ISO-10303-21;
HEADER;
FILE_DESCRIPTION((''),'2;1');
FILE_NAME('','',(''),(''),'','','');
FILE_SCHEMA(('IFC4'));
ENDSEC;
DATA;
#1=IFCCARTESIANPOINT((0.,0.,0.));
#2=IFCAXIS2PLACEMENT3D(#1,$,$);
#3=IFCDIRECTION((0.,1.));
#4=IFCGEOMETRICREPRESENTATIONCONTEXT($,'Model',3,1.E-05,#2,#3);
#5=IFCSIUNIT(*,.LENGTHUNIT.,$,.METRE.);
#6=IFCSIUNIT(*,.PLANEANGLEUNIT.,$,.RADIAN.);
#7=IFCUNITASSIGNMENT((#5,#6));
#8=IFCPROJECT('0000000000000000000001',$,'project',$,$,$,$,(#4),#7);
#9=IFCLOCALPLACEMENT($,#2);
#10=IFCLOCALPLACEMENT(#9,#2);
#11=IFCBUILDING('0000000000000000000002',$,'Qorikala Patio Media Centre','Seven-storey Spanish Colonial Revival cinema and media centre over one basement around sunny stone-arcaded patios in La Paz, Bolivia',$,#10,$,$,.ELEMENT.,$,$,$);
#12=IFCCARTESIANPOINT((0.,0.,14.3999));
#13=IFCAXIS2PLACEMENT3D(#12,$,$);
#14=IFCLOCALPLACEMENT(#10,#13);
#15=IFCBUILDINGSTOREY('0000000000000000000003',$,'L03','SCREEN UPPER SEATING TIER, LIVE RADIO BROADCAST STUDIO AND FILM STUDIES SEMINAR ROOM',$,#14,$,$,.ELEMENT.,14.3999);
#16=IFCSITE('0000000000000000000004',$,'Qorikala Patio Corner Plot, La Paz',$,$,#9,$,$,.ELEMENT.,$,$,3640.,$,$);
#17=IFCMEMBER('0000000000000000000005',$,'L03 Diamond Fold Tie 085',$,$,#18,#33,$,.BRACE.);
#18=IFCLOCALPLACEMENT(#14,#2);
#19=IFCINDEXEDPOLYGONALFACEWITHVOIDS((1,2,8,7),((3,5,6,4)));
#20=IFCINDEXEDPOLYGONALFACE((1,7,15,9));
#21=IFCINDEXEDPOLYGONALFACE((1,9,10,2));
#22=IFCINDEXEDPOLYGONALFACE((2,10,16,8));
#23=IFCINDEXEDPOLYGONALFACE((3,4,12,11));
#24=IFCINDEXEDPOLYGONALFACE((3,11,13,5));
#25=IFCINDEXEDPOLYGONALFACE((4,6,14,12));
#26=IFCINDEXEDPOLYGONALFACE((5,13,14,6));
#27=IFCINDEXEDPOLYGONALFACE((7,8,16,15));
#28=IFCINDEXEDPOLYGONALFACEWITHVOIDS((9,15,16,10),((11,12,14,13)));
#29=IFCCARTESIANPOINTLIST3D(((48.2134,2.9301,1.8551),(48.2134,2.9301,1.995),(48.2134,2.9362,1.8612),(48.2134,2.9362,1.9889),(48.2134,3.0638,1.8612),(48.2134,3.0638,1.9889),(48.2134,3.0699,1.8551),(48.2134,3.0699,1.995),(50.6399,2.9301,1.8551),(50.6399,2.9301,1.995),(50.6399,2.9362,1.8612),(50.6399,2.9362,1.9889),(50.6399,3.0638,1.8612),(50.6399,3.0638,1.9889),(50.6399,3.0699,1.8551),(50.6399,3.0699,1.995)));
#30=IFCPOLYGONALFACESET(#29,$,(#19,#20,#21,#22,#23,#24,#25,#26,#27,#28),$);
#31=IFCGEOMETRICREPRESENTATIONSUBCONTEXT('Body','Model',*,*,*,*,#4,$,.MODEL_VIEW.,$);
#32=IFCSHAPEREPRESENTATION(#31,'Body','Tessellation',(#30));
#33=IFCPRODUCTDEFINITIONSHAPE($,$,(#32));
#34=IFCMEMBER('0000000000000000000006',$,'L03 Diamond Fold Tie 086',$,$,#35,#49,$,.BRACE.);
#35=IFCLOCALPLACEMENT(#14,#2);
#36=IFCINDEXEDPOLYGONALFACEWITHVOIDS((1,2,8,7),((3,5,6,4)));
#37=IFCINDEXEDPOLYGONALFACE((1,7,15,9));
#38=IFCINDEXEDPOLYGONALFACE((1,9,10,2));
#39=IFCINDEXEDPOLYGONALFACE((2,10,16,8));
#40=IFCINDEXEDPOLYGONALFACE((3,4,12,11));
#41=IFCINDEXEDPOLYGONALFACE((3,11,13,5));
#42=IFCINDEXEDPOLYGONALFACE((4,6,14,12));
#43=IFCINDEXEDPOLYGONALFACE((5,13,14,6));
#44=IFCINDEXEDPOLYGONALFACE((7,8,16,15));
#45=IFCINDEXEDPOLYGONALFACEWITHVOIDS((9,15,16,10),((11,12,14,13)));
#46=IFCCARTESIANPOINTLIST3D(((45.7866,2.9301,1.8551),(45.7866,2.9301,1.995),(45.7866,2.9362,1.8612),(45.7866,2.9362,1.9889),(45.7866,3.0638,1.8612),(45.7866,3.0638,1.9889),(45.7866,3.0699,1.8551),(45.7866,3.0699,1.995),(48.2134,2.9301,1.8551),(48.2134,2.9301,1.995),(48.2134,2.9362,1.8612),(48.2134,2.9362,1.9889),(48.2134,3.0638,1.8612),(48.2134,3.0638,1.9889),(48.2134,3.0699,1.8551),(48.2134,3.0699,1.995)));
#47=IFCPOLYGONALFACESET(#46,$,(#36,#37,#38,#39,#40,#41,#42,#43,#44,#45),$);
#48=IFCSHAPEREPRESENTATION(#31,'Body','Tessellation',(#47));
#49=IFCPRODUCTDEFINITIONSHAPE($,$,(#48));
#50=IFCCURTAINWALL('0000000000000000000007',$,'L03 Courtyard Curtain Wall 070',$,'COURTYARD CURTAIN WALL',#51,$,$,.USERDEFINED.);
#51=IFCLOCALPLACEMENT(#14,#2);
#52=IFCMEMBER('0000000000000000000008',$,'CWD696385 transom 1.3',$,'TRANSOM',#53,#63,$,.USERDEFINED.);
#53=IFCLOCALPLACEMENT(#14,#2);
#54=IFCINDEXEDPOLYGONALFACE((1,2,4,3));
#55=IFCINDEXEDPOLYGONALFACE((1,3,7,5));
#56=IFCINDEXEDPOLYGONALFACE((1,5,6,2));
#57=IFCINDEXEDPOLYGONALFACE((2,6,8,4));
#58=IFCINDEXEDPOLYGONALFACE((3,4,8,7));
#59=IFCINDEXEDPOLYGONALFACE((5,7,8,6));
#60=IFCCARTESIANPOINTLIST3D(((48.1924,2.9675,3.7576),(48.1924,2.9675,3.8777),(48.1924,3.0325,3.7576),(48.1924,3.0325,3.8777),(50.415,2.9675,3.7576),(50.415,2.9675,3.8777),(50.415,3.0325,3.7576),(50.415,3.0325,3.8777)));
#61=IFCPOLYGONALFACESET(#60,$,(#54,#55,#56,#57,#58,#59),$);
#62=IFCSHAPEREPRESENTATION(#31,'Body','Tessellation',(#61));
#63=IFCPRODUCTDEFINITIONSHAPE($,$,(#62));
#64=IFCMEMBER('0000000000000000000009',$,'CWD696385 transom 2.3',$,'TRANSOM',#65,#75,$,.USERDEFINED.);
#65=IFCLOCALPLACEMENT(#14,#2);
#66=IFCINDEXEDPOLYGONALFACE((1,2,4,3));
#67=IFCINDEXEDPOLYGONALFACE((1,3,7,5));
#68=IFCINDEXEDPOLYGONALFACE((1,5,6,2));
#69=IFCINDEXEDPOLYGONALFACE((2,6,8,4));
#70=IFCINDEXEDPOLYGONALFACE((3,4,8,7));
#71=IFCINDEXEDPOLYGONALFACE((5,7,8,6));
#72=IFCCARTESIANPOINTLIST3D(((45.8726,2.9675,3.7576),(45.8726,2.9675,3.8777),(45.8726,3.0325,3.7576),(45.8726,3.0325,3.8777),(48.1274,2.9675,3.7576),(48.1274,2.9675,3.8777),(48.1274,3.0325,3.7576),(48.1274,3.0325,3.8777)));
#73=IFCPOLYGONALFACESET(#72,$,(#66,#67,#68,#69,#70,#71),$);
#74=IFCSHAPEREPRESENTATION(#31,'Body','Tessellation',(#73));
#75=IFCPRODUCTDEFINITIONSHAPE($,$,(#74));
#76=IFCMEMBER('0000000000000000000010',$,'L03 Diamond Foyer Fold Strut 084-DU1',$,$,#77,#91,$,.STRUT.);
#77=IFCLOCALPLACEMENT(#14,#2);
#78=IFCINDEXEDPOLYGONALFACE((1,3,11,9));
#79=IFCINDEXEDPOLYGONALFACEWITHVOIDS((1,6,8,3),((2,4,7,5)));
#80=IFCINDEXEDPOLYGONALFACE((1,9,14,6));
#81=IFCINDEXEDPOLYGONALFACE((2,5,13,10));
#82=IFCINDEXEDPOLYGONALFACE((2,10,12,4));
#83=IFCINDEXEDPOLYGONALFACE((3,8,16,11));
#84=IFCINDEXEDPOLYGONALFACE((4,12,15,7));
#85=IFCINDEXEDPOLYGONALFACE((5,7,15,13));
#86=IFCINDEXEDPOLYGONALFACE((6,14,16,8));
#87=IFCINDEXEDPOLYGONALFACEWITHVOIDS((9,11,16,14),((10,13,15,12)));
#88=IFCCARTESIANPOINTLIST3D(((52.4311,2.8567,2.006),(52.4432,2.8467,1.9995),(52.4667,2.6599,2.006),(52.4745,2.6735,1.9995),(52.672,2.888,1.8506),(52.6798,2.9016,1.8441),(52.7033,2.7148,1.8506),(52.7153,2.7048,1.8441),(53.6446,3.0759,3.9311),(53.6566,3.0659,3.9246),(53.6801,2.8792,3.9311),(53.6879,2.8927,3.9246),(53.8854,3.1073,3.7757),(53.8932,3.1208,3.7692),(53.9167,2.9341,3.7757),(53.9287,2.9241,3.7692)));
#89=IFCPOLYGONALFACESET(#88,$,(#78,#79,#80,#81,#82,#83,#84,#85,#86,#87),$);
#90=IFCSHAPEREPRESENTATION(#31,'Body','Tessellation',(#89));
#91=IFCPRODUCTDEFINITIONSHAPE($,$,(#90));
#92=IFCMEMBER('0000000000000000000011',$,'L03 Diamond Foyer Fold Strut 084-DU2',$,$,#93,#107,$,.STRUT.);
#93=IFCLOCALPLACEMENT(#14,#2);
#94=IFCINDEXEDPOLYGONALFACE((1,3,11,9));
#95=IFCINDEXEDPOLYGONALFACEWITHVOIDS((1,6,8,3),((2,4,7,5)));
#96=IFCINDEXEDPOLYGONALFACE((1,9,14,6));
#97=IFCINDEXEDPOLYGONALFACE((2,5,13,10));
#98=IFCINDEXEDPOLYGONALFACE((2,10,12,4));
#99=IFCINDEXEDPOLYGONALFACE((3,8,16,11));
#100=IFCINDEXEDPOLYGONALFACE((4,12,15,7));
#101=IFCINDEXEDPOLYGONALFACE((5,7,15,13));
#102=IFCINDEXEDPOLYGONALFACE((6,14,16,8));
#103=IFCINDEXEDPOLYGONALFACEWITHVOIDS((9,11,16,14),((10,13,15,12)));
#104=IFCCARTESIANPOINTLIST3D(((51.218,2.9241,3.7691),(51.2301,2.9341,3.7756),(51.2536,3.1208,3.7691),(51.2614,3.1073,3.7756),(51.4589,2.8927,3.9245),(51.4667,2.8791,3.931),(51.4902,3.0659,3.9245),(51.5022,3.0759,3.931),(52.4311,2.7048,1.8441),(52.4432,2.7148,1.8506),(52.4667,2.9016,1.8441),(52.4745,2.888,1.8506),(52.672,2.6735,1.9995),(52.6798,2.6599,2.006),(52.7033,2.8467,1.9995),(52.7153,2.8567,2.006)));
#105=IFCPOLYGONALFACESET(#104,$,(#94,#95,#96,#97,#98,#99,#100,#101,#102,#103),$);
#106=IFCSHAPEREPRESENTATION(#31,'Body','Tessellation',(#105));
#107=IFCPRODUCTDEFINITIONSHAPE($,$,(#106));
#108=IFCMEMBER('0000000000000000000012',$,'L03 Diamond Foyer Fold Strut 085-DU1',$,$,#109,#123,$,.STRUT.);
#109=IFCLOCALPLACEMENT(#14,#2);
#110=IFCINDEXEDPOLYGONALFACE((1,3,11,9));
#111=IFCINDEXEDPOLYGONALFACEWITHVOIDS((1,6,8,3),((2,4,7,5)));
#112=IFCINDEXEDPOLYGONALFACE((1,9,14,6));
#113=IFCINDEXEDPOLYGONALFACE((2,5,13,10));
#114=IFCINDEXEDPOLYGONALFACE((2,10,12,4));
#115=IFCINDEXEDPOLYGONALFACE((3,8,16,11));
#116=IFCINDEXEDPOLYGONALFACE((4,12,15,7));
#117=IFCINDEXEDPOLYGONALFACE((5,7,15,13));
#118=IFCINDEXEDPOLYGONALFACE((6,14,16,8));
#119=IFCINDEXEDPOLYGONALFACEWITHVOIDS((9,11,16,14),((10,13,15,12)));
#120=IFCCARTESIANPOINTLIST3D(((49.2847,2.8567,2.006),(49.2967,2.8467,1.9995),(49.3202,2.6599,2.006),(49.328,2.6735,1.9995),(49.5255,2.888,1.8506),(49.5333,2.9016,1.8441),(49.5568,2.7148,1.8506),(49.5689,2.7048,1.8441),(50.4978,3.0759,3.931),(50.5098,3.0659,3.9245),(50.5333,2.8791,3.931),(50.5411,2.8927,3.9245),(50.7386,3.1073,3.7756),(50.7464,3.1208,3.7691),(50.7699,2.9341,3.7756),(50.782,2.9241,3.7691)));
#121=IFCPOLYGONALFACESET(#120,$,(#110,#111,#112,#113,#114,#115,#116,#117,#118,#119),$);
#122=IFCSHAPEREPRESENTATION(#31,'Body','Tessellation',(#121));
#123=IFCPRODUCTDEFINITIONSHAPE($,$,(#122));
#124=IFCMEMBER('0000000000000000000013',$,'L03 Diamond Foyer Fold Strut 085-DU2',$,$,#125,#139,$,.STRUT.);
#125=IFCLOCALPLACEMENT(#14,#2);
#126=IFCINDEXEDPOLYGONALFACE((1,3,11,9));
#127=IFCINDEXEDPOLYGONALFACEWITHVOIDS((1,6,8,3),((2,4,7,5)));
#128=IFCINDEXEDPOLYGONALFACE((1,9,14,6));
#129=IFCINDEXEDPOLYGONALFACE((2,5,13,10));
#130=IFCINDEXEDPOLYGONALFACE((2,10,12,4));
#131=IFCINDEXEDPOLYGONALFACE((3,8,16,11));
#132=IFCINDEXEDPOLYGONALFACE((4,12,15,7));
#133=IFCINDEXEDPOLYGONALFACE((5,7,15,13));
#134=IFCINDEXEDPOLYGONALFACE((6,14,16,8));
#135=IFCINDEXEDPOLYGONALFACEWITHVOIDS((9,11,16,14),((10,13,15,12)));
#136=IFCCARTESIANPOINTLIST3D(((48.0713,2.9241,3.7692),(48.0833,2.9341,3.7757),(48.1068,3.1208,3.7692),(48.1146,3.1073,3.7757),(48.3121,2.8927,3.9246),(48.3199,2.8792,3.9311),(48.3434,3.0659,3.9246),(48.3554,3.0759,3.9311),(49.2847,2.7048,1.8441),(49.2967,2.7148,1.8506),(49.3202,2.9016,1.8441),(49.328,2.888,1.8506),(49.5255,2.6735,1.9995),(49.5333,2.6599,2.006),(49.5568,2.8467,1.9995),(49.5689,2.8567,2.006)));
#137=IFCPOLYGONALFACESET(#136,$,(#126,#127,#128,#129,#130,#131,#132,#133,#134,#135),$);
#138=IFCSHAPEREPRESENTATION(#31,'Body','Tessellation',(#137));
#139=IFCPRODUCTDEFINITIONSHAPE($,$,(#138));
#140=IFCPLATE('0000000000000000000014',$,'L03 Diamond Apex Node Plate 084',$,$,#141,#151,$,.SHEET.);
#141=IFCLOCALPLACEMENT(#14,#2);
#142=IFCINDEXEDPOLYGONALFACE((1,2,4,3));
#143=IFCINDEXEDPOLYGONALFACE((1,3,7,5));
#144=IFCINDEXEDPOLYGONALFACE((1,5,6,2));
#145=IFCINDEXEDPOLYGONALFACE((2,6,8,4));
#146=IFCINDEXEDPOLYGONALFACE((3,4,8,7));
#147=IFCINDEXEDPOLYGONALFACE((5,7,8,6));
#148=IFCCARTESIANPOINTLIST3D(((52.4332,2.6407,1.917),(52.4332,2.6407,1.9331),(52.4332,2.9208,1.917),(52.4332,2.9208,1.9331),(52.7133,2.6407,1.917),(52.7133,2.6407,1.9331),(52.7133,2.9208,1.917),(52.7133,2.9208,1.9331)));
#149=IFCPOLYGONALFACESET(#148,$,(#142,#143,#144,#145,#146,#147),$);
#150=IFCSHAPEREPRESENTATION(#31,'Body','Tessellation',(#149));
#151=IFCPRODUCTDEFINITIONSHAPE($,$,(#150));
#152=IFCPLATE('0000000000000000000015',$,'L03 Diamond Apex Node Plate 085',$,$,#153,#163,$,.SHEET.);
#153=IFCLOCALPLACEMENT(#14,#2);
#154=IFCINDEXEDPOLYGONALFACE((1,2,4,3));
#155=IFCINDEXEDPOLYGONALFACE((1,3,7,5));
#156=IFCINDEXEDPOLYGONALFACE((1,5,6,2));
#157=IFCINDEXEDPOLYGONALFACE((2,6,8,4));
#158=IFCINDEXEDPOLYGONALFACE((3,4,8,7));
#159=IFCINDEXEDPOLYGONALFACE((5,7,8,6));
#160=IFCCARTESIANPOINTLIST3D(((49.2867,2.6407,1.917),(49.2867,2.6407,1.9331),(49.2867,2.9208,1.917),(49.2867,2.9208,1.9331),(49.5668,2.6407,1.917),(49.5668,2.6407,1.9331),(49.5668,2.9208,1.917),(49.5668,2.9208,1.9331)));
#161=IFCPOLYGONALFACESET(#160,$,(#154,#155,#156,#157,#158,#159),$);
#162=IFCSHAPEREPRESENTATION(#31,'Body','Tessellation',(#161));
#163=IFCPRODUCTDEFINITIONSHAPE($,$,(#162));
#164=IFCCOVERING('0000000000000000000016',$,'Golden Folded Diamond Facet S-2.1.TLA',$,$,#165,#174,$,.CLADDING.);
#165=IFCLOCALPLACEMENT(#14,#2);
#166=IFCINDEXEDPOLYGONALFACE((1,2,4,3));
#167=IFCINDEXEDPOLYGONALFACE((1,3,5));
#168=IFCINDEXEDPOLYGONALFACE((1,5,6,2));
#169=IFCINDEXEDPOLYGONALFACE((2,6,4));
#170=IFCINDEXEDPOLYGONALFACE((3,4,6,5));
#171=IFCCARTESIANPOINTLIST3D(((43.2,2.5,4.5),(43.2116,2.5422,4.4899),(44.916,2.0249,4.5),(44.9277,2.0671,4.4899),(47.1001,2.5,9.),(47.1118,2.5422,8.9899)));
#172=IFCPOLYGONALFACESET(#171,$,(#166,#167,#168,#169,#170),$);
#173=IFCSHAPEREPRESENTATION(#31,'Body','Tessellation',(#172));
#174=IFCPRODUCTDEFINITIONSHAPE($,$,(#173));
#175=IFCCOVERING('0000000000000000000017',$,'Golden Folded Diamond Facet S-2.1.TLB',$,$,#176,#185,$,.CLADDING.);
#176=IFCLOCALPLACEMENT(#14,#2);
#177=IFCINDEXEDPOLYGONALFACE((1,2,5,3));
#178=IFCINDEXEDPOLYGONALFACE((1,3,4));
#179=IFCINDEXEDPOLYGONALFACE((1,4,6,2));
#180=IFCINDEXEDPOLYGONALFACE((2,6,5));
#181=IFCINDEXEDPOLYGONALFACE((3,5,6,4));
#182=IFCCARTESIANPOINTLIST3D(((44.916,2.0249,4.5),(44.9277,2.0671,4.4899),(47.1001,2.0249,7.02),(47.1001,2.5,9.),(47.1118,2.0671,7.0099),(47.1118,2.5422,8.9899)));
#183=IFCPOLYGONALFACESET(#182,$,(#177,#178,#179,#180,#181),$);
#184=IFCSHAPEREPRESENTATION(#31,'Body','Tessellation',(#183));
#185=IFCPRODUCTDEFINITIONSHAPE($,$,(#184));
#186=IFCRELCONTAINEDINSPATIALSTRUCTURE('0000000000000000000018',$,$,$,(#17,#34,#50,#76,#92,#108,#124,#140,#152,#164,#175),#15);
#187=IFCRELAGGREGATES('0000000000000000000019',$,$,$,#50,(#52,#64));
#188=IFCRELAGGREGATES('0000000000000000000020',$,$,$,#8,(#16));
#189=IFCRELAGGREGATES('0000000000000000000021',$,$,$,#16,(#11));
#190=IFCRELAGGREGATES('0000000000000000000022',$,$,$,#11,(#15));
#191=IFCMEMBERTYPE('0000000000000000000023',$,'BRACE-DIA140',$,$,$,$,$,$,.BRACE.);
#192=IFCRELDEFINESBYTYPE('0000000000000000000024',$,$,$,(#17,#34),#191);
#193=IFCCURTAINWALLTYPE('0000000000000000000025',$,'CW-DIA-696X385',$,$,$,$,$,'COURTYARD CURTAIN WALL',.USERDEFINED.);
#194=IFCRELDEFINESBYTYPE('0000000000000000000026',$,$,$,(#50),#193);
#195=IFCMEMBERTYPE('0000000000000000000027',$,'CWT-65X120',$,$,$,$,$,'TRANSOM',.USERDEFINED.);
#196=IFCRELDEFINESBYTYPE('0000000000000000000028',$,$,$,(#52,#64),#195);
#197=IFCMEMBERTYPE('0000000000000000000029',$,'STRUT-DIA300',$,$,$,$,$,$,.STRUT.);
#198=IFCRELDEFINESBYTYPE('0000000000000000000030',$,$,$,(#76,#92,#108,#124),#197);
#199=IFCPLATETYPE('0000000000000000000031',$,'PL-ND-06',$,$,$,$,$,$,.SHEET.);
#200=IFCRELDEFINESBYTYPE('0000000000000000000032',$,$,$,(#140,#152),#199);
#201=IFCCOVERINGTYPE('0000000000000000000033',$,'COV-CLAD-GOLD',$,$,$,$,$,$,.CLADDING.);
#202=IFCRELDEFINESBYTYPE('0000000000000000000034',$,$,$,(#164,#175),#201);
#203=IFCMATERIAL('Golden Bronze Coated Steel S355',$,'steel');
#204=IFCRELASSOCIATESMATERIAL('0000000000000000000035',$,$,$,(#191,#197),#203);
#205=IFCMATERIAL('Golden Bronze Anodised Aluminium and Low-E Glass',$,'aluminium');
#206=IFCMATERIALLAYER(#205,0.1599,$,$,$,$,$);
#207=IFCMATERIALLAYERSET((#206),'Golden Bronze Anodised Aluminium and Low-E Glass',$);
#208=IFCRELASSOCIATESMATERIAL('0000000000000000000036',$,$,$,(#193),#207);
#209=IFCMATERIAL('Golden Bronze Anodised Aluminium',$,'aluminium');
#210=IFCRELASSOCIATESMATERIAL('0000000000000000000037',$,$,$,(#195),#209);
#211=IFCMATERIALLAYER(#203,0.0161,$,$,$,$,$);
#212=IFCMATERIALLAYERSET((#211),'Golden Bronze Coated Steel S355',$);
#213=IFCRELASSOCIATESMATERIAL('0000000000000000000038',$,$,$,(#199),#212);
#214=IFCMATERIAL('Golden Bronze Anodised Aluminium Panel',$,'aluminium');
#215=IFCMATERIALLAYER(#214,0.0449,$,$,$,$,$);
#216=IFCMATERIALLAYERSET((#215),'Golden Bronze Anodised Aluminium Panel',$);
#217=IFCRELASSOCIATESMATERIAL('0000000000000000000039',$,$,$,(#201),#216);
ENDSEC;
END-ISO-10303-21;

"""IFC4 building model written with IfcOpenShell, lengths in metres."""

from ifc_helpers import new_model, si_unit, direction, frame, origin, origin_2d, place, context, subcontext, project, spatial, polyline, rectangle, hollow_rectangle, outline, extrude, material, layer, layer_set, material_profile, profile_set, type_object, element, aggregate, save


model = new_model("IFC4")

# Units and contexts
model_context = context("Model", 3, precision=1e-05, world=origin(), true_north=direction((0.0, 1.0)))
body_context = subcontext(model_context, "Body", "Model", "MODEL_VIEW")
ifc_project = project(units=[si_unit("LENGTHUNIT", "METRE"), si_unit("PLANEANGLEUNIT", "RADIAN")], contexts=[model_context])

# Site, building, storey
site_placement = place(None, origin())
site = spatial("IfcSite", under=ifc_project, at=site_placement, Name="Qorikala Patio Corner Plot, La Paz", CompositionType="ELEMENT", RefElevation=3640.0)
building_placement = place(site_placement, origin())
building = spatial("IfcBuilding", under=site, at=building_placement, Name="Qorikala Patio Media Centre", Description="Seven-storey Spanish Colonial Revival cinema and media centre over one basement around sunny stone-arcaded patios in La Paz, Bolivia", CompositionType="ELEMENT")
storey_placement = place(building_placement, frame((0.0, 0.0, 14.3999)))
storey = spatial("IfcBuildingStorey", under=building, at=storey_placement, Name="L03", Description="SCREEN UPPER SEATING TIER, LIVE RADIO BROADCAST STUDIO AND FILM STUDIES SEMINAR ROOM", CompositionType="ELEMENT", Elevation=14.3999)

# Members
ifc_material_1 = material(Name="Golden Bronze Coated Steel S355", Category="steel")
ifc_material_profile_1 = material_profile(ifc_material_1, hollow_rectangle(XDim=0.1399, YDim=0.1399, WallThickness=0.0061, at=origin_2d()), Name="HSS140X140X6")
ifc_profile_set_1 = profile_set([ifc_material_profile_1], Name="Golden Bronze Coated Steel S355")
member_type_1 = type_object("IfcMemberType", Name="BRACE-DIA140", PredefinedType="BRACE", material=ifc_profile_set_1)
member_1_placement = place(storey_placement, frame((50.6399, 3.0, 1.925), z_axis=(-1.0, 0.0, 0.0), x_axis=(0.0, -1.0, 0.0)))
element("IfcMember", 1, at=member_1_placement, inside=storey, type_object=member_type_1, Name="L03 Diamond Fold Tie 085", PredefinedType="BRACE", context=body_context, shape_type="SweptSolid", body=[
    extrude(hollow_rectangle(XDim=0.1399, YDim=0.1399, WallThickness=0.0061, at=origin_2d()), origin(), (0.0, 0.0, 1.0), 2.4265),
])
member_2_placement = place(storey_placement, frame((48.2134, 3.0, 1.925), z_axis=(-1.0, 0.0, 0.0), x_axis=(0.0, -1.0, 0.0)))
element("IfcMember", 2, at=member_2_placement, inside=storey, type_object=member_type_1, Name="L03 Diamond Fold Tie 086", PredefinedType="BRACE", context=body_context, shape_type="SweptSolid", body=[
    extrude(hollow_rectangle(XDim=0.1399, YDim=0.1399, WallThickness=0.0061, at=origin_2d()), origin(), (0.0, 0.0, 1.0), 2.4268),
])

# Curtain wall, members
ifc_material_2 = material(Name="Golden Bronze Anodised Aluminium and Low-E Glass", Category="aluminium")
ifc_layer_1 = layer(ifc_material_2, 0.1599)
ifc_layer_set_1 = layer_set([ifc_layer_1], Name="Golden Bronze Anodised Aluminium and Low-E Glass")
curtain_wall_type = type_object("IfcCurtainWallType", Name="CW-DIA-696X385", ElementType="COURTYARD CURTAIN WALL", PredefinedType="USERDEFINED", material=ifc_layer_set_1)
curtain_wall_placement = place(storey_placement, origin())
curtain_wall = element("IfcCurtainWall", 3, at=curtain_wall_placement, inside=storey, type_object=curtain_wall_type, Name="L03 Courtyard Curtain Wall 070", ObjectType="COURTYARD CURTAIN WALL", PredefinedType="USERDEFINED")
ifc_material_3 = material(Name="Golden Bronze Anodised Aluminium", Category="aluminium")
ifc_material_profile_2 = material_profile(ifc_material_3, rectangle(XDim=0.0649, YDim=0.1201, at=origin_2d()), Name="ALU TRANSOM 65x120")
ifc_profile_set_2 = profile_set([ifc_material_profile_2], Name="Golden Bronze Anodised Aluminium")
member_type_2 = type_object("IfcMemberType", Name="CWT-65X120", ElementType="TRANSOM", PredefinedType="USERDEFINED", material=ifc_profile_set_2)
member_3_placement = place(storey_placement, frame((50.415, 3.0, 3.8176), z_axis=(-1.0, 0.0, 0.0), x_axis=(0.0, -1.0, 0.0)))
member_3 = element("IfcMember", 4, at=member_3_placement, type_object=member_type_2, Name="CWD696385 transom 1.3", ObjectType="TRANSOM", PredefinedType="USERDEFINED", context=body_context, shape_type="SweptSolid", body=[
    extrude(rectangle(XDim=0.0649, YDim=0.1201, at=origin_2d()), origin(), (0.0, 0.0, 1.0), 2.2227),
])
member_4_placement = place(storey_placement, frame((48.1274, 3.0, 3.8176), z_axis=(-1.0, 0.0, 0.0), x_axis=(0.0, -1.0, 0.0)))
member_4 = element("IfcMember", 5, at=member_4_placement, type_object=member_type_2, Name="CWD696385 transom 2.3", ObjectType="TRANSOM", PredefinedType="USERDEFINED", context=body_context, shape_type="SweptSolid", body=[
    extrude(rectangle(XDim=0.0649, YDim=0.1201, at=origin_2d()), origin(), (0.0, 0.0, 1.0), 2.2549),
])
aggregate(curtain_wall, [member_3, member_4])

# Members
ifc_material_profile_3 = material_profile(ifc_material_1, hollow_rectangle(XDim=0.2, YDim=0.3, WallThickness=0.012, at=origin_2d()), Name="HSS300X200X12")
ifc_profile_set_3 = profile_set([ifc_material_profile_3], Name="Golden Bronze Coated Steel S355")
member_type_3 = type_object("IfcMemberType", Name="STRUT-DIA300", PredefinedType="STRUT", material=ifc_profile_set_3)
member_5_placement = place(storey_placement, frame((52.5732, 2.7808, 1.925), z_axis=(0.530768, 0.095901, 0.842074), x_axis=(-0.177805, 0.984066, 0.0)))
element("IfcMember", 6, at=member_5_placement, inside=storey, type_object=member_type_3, Name="L03 Diamond Foyer Fold Strut 084-DU1", PredefinedType="STRUT", context=body_context, shape_type="SweptSolid", body=[
    extrude(hollow_rectangle(XDim=0.2, YDim=0.3, WallThickness=0.012, at=origin_2d()), origin(), (0.0, 0.0, 1.0), 2.2861),
])
for number, where, z_axis, x_axis, name in (
    (7, (52.5732, 2.7808, 1.925), (-0.530691, 0.095907, 0.842121), (-0.17784, -0.984059, 0.0), "L03 Diamond Foyer Fold Strut 084-DU2"),
    (8, (49.4268, 2.7808, 1.925), (0.530691, 0.095907, 0.842121), (-0.17784, 0.984059, 0.0), "L03 Diamond Foyer Fold Strut 085-DU1"),
):
    element("IfcMember", number, at=place(storey_placement, frame(where, z_axis=z_axis, x_axis=x_axis)), inside=storey, type_object=member_type_3, Name=name, PredefinedType="STRUT", context=body_context, shape_type="SweptSolid", body=[
        extrude(hollow_rectangle(XDim=0.2, YDim=0.3, WallThickness=0.012, at=origin_2d()), origin(), (0.0, 0.0, 1.0), 2.2859),
    ])
member_6_placement = place(storey_placement, frame((49.4268, 2.7808, 1.925), z_axis=(-0.530768, 0.095901, 0.842074), x_axis=(-0.177805, -0.984066, 0.0)))
element("IfcMember", 9, at=member_6_placement, inside=storey, type_object=member_type_3, Name="L03 Diamond Foyer Fold Strut 085-DU2", PredefinedType="STRUT", context=body_context, shape_type="SweptSolid", body=[
    extrude(hollow_rectangle(XDim=0.2, YDim=0.3, WallThickness=0.012, at=origin_2d()), origin(), (0.0, 0.0, 1.0), 2.2861),
])

# Plates
ifc_layer_2 = layer(ifc_material_1, 0.0161)
ifc_layer_set_2 = layer_set([ifc_layer_2], Name="Golden Bronze Coated Steel S355")
plate_type = type_object("IfcPlateType", Name="PL-ND-06", PredefinedType="SHEET", material=ifc_layer_set_2)
for number, where, z_axis, x_axis, name in (
    (10, (52.5732, 2.7808, 1.917), (0.0, 0.0, 1.0), (-1.0, 0.0, 0.0), "L03 Diamond Apex Node Plate 084"),
    (11, (49.4268, 2.7808, 1.917), (0.0, 0.0, 1.0), (-1.0, 0.0, 0.0), "L03 Diamond Apex Node Plate 085"),
):
    element("IfcPlate", number, at=place(storey_placement, frame(where, z_axis=z_axis, x_axis=x_axis)), inside=storey, type_object=plate_type, Name=name, PredefinedType="SHEET", context=body_context, shape_type="SweptSolid", body=[
        extrude(rectangle(XDim=0.28, YDim=0.28, at=origin_2d()), origin(), (0.0, 0.0, 1.0), 0.0161),
    ])

# Coverings
ifc_material_4 = material(Name="Golden Bronze Anodised Aluminium Panel", Category="aluminium")
ifc_layer_3 = layer(ifc_material_4, 0.0449)
ifc_layer_set_3 = layer_set([ifc_layer_3], Name="Golden Bronze Anodised Aluminium Panel")
covering_type = type_object("IfcCoveringType", Name="COV-CLAD-GOLD", PredefinedType="CLADDING", material=ifc_layer_set_3)
covering_1_placement = place(storey_placement, frame((47.1001, 2.5, 9.0), z_axis=(-0.259956, -0.938968, 0.225304), x_axis=(-0.654945, 0.0, -0.755677)))
element("IfcCovering", 12, at=covering_1_placement, inside=storey, type_object=covering_type, Name="Golden Folded Diamond Facet S-2.1.TLA", PredefinedType="CLADDING", context=body_context, shape_type="SweptSolid", body=[
    extrude(outline(polyline([(0.0, 0.0), (5.9549, 0.0), (4.831, 1.3811), (0.0, 0.0)])), origin(), (0.0, 0.0, -1.0), 0.0449),
])
covering_2_placement = place(storey_placement, frame((47.1001, 2.5, 9.0), z_axis=(-0.25996, -0.938966, 0.225306), x_axis=(-0.434684, -0.094556, -0.895606)))
element("IfcCovering", 13, at=covering_2_placement, inside=storey, type_object=covering_type, Name="Golden Folded Diamond Facet S-2.1.TLB", PredefinedType="CLADDING", context=body_context, shape_type="SweptSolid", body=[
    extrude(outline(polyline([(0.0, 0.0), (5.0245, 0.0), (1.8182, 0.9166), (0.0, 0.0)])), origin(), (0.0, 0.0, -1.0), 0.0449),
])

save(model, "model.ifc")
